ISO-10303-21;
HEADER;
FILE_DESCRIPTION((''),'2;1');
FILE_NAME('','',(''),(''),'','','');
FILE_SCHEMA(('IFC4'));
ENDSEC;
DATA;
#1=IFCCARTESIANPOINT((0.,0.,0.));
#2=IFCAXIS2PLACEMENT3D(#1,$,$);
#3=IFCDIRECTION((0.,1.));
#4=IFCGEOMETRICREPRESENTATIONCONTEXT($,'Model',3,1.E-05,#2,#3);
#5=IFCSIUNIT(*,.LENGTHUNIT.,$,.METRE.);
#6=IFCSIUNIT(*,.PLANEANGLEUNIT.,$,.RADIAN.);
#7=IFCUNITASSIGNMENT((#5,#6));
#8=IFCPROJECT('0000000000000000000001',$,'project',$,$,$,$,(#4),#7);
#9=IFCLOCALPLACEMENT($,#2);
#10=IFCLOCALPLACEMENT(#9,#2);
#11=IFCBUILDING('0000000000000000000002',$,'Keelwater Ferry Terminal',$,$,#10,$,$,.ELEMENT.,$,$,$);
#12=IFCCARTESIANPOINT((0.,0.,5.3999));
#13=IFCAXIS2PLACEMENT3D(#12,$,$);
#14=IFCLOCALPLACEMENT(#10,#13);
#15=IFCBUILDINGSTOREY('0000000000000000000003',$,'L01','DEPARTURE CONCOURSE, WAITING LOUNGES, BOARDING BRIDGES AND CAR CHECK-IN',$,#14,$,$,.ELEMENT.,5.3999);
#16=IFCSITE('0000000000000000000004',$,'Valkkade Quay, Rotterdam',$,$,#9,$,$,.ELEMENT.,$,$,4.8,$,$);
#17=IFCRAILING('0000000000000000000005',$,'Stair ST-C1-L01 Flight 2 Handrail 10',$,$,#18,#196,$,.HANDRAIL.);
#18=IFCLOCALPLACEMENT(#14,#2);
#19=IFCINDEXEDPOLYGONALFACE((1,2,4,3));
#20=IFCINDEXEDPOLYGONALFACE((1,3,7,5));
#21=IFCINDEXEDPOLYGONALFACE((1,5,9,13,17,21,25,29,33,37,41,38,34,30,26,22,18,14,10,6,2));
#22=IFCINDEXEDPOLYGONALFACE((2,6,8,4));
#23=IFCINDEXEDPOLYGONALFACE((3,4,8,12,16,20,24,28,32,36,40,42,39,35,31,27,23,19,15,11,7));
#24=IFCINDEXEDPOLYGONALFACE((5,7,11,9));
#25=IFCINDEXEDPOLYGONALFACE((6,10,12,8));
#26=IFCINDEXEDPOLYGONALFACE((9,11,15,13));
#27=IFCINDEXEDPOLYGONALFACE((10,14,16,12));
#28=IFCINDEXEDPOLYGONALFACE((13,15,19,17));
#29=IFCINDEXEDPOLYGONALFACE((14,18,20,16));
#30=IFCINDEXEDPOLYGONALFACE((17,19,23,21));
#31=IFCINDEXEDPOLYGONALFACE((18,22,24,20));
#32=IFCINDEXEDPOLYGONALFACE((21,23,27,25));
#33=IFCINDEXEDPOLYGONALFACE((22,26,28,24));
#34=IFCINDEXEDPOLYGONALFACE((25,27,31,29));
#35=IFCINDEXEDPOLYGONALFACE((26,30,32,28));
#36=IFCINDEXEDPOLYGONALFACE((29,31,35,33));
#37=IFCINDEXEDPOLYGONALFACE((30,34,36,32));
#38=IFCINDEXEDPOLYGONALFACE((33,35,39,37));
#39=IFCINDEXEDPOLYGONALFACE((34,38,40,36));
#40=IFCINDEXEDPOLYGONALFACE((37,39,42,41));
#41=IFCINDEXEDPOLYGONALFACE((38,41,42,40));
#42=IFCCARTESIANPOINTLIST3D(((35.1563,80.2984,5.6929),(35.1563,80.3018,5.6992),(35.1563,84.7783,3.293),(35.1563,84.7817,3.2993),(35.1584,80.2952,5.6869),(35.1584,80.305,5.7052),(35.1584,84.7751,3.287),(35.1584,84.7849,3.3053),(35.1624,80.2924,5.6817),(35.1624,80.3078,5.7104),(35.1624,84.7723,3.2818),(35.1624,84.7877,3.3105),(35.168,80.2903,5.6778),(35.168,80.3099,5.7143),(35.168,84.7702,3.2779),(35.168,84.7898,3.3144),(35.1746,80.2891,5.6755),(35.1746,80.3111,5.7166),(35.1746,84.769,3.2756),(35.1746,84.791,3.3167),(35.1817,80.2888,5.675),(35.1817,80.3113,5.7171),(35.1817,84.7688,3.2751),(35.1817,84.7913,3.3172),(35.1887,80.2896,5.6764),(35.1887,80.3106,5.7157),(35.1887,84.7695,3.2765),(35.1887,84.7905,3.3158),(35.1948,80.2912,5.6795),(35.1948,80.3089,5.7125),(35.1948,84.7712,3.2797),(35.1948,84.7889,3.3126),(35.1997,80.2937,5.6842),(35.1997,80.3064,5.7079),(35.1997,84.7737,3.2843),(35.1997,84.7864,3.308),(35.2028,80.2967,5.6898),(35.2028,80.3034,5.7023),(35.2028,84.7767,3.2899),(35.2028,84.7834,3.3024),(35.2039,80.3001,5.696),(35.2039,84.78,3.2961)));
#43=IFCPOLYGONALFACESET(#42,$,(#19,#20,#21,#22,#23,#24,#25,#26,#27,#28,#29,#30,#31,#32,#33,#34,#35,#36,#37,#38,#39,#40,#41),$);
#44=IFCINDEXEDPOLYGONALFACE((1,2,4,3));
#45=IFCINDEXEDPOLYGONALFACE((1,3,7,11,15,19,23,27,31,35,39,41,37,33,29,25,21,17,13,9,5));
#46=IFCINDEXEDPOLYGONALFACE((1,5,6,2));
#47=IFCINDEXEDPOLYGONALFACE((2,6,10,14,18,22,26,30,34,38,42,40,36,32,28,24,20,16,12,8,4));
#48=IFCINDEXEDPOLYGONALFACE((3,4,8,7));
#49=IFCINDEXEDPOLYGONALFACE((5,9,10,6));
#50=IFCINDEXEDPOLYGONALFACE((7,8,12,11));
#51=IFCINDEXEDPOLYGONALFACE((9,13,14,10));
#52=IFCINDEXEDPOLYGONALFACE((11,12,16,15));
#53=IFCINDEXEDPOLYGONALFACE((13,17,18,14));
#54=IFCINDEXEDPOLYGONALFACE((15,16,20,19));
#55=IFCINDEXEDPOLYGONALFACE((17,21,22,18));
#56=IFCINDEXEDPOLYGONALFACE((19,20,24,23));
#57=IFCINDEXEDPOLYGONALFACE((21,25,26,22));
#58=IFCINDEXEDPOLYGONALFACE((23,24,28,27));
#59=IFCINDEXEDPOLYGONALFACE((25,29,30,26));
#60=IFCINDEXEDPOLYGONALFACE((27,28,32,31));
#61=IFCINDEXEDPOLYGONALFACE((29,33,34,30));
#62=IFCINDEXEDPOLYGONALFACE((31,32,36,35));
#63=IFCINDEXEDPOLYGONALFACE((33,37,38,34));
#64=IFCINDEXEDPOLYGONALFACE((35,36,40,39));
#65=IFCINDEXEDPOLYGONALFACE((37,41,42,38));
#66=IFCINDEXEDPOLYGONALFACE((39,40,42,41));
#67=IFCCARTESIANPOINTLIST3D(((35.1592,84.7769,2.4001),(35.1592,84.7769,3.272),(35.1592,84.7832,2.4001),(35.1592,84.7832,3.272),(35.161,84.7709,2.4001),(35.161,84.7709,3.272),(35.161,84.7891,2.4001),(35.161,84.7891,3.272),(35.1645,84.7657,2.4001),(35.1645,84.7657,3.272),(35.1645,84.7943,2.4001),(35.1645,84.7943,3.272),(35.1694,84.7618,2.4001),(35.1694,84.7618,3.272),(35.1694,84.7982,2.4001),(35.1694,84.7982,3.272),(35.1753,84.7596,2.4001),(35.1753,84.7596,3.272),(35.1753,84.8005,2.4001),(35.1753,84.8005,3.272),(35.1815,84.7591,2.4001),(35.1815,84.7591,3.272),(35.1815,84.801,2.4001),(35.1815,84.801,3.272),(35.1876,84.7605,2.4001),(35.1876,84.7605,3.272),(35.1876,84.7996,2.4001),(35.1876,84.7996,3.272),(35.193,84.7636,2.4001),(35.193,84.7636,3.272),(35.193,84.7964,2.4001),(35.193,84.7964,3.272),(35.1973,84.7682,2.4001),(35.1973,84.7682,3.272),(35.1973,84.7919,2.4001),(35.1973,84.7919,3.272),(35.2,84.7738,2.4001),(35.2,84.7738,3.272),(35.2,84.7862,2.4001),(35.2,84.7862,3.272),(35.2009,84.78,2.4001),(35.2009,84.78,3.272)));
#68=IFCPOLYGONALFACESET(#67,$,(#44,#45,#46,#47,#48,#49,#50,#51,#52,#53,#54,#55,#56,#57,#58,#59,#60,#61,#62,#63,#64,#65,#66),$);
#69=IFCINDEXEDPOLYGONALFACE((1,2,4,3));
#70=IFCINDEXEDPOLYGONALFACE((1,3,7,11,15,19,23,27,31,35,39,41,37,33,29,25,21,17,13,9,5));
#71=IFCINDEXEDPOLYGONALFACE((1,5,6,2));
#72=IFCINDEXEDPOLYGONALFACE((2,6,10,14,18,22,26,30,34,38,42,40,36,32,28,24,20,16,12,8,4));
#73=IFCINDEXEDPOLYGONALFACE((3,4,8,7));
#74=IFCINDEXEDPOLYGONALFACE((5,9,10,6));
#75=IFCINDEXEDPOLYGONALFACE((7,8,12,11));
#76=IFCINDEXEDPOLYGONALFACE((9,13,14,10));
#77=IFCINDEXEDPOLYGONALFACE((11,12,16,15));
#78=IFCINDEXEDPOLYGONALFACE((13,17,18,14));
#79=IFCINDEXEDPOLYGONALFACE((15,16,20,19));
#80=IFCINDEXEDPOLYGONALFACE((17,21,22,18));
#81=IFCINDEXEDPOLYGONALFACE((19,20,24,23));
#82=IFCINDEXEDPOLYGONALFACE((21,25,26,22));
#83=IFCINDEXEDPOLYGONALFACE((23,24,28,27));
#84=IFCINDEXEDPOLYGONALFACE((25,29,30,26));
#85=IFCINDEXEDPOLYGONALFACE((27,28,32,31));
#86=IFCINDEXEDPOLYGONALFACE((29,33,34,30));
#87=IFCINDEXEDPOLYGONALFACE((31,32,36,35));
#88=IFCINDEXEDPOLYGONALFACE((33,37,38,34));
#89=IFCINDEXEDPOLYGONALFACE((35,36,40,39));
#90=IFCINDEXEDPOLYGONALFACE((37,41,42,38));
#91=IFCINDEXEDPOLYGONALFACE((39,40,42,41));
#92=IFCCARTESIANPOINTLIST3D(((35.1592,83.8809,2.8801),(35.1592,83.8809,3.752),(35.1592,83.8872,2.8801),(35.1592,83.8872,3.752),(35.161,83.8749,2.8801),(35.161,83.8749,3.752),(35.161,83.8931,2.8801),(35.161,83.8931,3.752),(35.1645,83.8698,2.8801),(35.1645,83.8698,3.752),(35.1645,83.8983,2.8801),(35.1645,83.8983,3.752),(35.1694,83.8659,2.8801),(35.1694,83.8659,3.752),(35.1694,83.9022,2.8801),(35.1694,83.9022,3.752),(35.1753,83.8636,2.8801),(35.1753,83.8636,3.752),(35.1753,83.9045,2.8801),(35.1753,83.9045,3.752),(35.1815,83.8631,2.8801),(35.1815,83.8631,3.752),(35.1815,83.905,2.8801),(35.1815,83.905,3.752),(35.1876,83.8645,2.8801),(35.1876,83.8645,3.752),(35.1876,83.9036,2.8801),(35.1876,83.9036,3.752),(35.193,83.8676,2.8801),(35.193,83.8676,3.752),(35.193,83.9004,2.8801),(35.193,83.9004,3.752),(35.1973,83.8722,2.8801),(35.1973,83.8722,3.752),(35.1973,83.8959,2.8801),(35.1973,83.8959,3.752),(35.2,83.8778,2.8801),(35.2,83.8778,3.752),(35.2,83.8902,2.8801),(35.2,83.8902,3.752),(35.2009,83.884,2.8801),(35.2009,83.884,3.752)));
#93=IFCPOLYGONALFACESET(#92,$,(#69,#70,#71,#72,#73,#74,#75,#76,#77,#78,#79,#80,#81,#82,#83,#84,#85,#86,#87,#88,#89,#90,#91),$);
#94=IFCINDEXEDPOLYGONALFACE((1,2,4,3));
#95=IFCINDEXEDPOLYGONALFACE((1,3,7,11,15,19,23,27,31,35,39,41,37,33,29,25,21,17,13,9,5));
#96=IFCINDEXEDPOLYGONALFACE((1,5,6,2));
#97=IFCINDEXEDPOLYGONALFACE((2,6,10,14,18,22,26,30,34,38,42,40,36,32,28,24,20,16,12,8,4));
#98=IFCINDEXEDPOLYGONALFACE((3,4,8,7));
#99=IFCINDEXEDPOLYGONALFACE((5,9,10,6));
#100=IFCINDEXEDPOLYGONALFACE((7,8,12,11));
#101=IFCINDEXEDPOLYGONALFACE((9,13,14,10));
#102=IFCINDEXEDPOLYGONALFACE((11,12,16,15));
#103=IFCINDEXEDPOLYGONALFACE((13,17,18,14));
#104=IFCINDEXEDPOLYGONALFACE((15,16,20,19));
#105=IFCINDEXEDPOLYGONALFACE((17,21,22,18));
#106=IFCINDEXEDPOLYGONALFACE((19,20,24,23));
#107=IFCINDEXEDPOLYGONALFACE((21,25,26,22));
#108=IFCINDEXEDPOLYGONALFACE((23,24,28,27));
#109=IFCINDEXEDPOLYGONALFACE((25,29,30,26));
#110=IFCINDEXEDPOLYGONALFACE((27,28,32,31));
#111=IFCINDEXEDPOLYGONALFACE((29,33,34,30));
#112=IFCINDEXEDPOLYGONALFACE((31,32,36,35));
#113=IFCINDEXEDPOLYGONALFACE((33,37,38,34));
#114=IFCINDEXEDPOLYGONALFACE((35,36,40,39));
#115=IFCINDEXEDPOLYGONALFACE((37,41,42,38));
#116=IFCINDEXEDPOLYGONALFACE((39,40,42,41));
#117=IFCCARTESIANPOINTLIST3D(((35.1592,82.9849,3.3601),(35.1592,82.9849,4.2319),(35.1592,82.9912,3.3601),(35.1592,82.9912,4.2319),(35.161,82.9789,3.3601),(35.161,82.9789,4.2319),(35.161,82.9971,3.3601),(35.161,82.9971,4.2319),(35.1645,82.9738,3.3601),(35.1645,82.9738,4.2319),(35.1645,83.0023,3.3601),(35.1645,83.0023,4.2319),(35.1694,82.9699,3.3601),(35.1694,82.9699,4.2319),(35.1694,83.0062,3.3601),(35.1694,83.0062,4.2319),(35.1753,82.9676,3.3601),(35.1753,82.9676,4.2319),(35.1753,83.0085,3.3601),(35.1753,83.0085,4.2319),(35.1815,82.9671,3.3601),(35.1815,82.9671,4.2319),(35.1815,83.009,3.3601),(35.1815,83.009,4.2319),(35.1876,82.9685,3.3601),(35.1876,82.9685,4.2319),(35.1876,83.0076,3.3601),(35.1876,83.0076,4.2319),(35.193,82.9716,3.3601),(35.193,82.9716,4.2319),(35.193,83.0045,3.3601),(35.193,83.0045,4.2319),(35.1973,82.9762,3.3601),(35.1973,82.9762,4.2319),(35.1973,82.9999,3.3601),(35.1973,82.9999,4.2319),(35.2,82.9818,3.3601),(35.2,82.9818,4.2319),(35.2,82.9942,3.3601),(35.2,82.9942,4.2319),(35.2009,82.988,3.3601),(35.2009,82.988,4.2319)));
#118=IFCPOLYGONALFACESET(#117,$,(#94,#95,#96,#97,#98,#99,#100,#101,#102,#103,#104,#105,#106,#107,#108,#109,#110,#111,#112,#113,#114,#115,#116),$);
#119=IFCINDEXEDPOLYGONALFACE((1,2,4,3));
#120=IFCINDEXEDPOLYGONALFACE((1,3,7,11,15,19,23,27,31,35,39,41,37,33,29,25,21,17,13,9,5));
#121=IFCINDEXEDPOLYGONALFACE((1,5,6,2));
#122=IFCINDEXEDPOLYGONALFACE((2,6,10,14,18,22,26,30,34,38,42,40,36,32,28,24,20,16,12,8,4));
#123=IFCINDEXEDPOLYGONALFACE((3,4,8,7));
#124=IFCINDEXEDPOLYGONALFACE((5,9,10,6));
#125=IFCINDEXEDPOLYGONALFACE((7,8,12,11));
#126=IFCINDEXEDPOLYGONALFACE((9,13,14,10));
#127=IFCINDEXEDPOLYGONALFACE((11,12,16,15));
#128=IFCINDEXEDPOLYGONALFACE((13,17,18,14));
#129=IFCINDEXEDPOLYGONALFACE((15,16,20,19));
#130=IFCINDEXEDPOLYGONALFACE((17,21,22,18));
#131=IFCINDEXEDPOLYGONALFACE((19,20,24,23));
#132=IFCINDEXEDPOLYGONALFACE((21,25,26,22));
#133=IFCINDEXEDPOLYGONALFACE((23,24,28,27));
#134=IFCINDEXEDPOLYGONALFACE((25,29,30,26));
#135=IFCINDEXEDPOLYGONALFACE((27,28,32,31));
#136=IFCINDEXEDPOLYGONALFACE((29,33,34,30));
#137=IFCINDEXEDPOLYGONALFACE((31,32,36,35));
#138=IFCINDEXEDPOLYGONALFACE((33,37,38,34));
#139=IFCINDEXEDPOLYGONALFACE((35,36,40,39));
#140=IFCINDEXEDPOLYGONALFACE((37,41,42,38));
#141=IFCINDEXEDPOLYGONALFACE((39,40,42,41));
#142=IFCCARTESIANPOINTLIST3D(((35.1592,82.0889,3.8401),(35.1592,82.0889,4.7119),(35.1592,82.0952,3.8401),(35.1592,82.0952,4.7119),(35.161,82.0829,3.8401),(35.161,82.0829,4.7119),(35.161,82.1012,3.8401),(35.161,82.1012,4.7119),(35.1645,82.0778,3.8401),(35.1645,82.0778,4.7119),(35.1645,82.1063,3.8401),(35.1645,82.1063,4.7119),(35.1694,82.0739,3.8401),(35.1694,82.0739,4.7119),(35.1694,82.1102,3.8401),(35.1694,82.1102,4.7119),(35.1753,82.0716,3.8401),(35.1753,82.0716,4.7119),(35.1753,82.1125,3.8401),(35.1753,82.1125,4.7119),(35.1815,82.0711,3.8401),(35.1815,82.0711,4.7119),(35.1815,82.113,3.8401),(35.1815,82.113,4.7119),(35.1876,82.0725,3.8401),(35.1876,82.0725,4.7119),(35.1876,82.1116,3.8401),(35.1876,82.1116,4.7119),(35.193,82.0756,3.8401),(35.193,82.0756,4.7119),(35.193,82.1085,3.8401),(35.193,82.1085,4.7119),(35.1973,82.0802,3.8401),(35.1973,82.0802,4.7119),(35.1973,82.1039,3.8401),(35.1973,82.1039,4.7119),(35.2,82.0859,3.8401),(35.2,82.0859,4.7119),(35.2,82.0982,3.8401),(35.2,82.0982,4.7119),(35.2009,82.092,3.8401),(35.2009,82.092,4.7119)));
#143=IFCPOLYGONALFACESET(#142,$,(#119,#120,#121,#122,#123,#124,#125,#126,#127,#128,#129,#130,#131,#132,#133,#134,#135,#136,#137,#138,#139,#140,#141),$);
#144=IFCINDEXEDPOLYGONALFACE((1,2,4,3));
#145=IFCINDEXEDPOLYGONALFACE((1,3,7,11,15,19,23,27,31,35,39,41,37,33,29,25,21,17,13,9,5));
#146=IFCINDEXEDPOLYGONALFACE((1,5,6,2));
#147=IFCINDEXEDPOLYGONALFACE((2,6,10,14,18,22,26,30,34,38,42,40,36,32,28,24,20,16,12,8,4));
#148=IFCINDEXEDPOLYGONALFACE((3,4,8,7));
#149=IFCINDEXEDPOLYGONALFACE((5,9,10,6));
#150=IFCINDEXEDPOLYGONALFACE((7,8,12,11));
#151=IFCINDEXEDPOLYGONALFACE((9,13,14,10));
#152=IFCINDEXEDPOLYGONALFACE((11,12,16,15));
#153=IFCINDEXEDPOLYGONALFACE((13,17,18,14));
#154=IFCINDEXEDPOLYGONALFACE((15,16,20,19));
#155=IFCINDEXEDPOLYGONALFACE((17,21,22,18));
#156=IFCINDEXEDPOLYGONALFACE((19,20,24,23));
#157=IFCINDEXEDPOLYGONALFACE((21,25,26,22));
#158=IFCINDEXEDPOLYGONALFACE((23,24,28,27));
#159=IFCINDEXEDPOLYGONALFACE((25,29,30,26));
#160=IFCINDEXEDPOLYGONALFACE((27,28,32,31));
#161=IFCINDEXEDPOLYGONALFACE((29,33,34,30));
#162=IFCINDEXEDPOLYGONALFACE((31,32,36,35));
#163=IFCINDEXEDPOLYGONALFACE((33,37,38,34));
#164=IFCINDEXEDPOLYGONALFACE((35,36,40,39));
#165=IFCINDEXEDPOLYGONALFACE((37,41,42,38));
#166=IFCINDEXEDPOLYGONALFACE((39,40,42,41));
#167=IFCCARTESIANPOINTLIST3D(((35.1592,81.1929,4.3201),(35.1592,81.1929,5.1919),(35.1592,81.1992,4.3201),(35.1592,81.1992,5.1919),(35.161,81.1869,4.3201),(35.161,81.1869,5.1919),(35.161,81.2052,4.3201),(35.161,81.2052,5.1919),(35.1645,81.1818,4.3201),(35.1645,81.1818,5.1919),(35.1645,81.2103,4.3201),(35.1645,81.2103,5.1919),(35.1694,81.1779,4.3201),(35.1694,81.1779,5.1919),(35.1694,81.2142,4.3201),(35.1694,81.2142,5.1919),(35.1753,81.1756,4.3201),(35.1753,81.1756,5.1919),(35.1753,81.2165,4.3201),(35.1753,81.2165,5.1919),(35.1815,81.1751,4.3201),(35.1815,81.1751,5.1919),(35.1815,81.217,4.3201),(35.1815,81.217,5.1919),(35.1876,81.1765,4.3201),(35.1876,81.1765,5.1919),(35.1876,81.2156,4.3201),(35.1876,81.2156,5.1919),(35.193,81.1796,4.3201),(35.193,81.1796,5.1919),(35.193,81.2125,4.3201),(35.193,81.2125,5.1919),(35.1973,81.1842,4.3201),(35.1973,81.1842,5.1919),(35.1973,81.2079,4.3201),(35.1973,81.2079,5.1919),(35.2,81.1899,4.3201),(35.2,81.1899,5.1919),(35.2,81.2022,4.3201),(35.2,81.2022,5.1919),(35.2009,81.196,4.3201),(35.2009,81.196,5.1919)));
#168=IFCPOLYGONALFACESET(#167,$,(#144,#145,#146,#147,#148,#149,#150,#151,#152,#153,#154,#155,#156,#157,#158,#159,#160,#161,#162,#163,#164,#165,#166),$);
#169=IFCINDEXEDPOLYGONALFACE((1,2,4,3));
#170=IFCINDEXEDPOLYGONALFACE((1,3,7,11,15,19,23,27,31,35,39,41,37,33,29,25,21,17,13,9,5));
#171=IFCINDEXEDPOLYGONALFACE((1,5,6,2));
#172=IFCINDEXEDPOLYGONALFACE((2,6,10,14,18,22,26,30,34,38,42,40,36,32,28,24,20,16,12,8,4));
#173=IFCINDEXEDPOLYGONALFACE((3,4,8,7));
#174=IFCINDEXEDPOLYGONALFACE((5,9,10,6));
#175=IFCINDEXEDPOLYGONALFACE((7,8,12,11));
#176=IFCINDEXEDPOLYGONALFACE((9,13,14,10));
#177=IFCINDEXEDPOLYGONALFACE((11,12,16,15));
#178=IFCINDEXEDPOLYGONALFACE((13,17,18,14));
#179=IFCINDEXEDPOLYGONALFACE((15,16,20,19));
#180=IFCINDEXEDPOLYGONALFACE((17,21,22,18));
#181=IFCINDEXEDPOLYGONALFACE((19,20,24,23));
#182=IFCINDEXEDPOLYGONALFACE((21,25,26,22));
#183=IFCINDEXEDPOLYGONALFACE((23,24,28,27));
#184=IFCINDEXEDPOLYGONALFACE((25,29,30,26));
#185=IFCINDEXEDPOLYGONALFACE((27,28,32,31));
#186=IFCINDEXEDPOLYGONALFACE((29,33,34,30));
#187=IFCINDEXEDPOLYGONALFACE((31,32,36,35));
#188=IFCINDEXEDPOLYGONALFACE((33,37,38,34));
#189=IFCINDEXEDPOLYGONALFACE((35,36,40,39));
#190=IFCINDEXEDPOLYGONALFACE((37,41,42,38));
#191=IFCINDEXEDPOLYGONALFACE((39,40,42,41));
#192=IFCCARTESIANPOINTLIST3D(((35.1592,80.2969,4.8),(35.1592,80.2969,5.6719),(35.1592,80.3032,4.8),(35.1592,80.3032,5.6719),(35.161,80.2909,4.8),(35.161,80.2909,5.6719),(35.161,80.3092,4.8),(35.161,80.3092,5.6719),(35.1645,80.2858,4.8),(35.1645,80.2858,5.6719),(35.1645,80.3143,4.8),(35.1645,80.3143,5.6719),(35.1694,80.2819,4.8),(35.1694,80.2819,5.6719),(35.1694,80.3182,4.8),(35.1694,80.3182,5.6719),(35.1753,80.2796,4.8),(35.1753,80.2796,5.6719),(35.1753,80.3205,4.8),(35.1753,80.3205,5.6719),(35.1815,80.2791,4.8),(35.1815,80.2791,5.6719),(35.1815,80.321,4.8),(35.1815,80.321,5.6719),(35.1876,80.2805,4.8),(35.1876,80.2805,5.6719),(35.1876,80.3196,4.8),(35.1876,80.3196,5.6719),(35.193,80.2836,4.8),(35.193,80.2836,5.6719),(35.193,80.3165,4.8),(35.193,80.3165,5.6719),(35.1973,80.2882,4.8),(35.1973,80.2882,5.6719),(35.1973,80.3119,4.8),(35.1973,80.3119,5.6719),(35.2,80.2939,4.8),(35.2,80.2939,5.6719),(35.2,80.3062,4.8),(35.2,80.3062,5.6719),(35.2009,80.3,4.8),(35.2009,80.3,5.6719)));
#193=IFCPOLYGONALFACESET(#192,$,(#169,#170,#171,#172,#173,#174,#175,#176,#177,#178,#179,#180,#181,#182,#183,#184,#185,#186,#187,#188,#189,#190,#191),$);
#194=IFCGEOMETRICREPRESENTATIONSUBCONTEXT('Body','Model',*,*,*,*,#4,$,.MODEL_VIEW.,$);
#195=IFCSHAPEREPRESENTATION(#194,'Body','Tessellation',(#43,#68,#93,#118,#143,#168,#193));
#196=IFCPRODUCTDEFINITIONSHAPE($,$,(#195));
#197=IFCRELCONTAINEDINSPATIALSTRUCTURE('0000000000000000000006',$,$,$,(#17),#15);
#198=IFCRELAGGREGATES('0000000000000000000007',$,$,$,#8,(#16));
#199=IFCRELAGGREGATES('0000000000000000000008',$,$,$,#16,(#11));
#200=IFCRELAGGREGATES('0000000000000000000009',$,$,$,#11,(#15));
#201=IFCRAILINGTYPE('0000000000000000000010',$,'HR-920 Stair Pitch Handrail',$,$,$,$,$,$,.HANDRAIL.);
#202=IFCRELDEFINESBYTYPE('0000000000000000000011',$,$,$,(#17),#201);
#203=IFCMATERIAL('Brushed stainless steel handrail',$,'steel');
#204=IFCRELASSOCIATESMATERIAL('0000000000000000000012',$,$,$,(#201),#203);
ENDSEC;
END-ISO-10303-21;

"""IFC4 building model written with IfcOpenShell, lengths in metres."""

from ifc_helpers import new_model, si_unit, direction, frame, origin, origin_2d, place, context, subcontext, project, spatial, circle, extrude, material, type_object, element, save


model = new_model("IFC4")

# Units and contexts
model_context = context("Model", 3, precision=1e-05, world=origin(), true_north=direction((0.0, 1.0)))
body_context = subcontext(model_context, "Body", "Model", "MODEL_VIEW")
ifc_project = project(units=[si_unit("LENGTHUNIT", "METRE"), si_unit("PLANEANGLEUNIT", "RADIAN")], contexts=[model_context])

# Site, building, storey
site_placement = place(None, origin())
site = spatial("IfcSite", under=ifc_project, at=site_placement, Name="Valkkade Quay, Rotterdam", CompositionType="ELEMENT", RefElevation=4.8)
building_placement = place(site_placement, origin())
building = spatial("IfcBuilding", under=site, at=building_placement, Name="Keelwater Ferry Terminal", CompositionType="ELEMENT")
storey_placement = place(building_placement, frame((0.0, 0.0, 5.3999)))
storey = spatial("IfcBuildingStorey", under=building, at=storey_placement, Name="L01", Description="DEPARTURE CONCOURSE, WAITING LOUNGES, BOARDING BRIDGES AND CAR CHECK-IN", CompositionType="ELEMENT", Elevation=5.3999)

# Railing
ifc_material_1 = material(Name="Brushed stainless steel handrail", Category="steel")
railing_type_1 = type_object("IfcRailingType", Name="HR-920 Stair Pitch Handrail", PredefinedType="HANDRAIL", material=ifc_material_1)
railing_1_placement = place(storey_placement, frame((35.1799, 84.78, 2.4001)))
element("IfcRailing", 1, at=railing_1_placement, inside=storey, type_object=railing_type_1, Name="Stair ST-C1-L01 Flight 2 Handrail 10", PredefinedType="HANDRAIL", context=body_context, shape_type="SweptSolid", body=[
    extrude(circle(Radius=0.0239, at=origin_2d()), frame((0.0, 0.0, 0.896), z_axis=(0.0, -0.881487, 0.472208), x_axis=(1.0, 0.0, 0.0)), (0.0, 0.0, 1.0), 5.0823),
    extrude(circle(Radius=0.021, at=origin_2d()), origin(), (0.0, 0.0, 1.0), 0.8718),
    extrude(circle(Radius=0.021, at=origin_2d()), frame((0.0, -0.896, 0.48)), (0.0, 0.0, 1.0), 0.8718),
    extrude(circle(Radius=0.021, at=origin_2d()), frame((0.0, -1.792, 0.96)), (0.0, 0.0, 1.0), 0.8718),
    extrude(circle(Radius=0.021, at=origin_2d()), frame((0.0, -2.688, 1.4399)), (0.0, 0.0, 1.0), 0.8718),
    extrude(circle(Radius=0.021, at=origin_2d()), frame((0.0, -3.584, 1.9199)), (0.0, 0.0, 1.0), 0.8718),
    extrude(circle(Radius=0.021, at=origin_2d()), frame((0.0, -4.48, 2.3999)), (0.0, 0.0, 1.0), 0.8718),
])

save(model, "model.ifc")
